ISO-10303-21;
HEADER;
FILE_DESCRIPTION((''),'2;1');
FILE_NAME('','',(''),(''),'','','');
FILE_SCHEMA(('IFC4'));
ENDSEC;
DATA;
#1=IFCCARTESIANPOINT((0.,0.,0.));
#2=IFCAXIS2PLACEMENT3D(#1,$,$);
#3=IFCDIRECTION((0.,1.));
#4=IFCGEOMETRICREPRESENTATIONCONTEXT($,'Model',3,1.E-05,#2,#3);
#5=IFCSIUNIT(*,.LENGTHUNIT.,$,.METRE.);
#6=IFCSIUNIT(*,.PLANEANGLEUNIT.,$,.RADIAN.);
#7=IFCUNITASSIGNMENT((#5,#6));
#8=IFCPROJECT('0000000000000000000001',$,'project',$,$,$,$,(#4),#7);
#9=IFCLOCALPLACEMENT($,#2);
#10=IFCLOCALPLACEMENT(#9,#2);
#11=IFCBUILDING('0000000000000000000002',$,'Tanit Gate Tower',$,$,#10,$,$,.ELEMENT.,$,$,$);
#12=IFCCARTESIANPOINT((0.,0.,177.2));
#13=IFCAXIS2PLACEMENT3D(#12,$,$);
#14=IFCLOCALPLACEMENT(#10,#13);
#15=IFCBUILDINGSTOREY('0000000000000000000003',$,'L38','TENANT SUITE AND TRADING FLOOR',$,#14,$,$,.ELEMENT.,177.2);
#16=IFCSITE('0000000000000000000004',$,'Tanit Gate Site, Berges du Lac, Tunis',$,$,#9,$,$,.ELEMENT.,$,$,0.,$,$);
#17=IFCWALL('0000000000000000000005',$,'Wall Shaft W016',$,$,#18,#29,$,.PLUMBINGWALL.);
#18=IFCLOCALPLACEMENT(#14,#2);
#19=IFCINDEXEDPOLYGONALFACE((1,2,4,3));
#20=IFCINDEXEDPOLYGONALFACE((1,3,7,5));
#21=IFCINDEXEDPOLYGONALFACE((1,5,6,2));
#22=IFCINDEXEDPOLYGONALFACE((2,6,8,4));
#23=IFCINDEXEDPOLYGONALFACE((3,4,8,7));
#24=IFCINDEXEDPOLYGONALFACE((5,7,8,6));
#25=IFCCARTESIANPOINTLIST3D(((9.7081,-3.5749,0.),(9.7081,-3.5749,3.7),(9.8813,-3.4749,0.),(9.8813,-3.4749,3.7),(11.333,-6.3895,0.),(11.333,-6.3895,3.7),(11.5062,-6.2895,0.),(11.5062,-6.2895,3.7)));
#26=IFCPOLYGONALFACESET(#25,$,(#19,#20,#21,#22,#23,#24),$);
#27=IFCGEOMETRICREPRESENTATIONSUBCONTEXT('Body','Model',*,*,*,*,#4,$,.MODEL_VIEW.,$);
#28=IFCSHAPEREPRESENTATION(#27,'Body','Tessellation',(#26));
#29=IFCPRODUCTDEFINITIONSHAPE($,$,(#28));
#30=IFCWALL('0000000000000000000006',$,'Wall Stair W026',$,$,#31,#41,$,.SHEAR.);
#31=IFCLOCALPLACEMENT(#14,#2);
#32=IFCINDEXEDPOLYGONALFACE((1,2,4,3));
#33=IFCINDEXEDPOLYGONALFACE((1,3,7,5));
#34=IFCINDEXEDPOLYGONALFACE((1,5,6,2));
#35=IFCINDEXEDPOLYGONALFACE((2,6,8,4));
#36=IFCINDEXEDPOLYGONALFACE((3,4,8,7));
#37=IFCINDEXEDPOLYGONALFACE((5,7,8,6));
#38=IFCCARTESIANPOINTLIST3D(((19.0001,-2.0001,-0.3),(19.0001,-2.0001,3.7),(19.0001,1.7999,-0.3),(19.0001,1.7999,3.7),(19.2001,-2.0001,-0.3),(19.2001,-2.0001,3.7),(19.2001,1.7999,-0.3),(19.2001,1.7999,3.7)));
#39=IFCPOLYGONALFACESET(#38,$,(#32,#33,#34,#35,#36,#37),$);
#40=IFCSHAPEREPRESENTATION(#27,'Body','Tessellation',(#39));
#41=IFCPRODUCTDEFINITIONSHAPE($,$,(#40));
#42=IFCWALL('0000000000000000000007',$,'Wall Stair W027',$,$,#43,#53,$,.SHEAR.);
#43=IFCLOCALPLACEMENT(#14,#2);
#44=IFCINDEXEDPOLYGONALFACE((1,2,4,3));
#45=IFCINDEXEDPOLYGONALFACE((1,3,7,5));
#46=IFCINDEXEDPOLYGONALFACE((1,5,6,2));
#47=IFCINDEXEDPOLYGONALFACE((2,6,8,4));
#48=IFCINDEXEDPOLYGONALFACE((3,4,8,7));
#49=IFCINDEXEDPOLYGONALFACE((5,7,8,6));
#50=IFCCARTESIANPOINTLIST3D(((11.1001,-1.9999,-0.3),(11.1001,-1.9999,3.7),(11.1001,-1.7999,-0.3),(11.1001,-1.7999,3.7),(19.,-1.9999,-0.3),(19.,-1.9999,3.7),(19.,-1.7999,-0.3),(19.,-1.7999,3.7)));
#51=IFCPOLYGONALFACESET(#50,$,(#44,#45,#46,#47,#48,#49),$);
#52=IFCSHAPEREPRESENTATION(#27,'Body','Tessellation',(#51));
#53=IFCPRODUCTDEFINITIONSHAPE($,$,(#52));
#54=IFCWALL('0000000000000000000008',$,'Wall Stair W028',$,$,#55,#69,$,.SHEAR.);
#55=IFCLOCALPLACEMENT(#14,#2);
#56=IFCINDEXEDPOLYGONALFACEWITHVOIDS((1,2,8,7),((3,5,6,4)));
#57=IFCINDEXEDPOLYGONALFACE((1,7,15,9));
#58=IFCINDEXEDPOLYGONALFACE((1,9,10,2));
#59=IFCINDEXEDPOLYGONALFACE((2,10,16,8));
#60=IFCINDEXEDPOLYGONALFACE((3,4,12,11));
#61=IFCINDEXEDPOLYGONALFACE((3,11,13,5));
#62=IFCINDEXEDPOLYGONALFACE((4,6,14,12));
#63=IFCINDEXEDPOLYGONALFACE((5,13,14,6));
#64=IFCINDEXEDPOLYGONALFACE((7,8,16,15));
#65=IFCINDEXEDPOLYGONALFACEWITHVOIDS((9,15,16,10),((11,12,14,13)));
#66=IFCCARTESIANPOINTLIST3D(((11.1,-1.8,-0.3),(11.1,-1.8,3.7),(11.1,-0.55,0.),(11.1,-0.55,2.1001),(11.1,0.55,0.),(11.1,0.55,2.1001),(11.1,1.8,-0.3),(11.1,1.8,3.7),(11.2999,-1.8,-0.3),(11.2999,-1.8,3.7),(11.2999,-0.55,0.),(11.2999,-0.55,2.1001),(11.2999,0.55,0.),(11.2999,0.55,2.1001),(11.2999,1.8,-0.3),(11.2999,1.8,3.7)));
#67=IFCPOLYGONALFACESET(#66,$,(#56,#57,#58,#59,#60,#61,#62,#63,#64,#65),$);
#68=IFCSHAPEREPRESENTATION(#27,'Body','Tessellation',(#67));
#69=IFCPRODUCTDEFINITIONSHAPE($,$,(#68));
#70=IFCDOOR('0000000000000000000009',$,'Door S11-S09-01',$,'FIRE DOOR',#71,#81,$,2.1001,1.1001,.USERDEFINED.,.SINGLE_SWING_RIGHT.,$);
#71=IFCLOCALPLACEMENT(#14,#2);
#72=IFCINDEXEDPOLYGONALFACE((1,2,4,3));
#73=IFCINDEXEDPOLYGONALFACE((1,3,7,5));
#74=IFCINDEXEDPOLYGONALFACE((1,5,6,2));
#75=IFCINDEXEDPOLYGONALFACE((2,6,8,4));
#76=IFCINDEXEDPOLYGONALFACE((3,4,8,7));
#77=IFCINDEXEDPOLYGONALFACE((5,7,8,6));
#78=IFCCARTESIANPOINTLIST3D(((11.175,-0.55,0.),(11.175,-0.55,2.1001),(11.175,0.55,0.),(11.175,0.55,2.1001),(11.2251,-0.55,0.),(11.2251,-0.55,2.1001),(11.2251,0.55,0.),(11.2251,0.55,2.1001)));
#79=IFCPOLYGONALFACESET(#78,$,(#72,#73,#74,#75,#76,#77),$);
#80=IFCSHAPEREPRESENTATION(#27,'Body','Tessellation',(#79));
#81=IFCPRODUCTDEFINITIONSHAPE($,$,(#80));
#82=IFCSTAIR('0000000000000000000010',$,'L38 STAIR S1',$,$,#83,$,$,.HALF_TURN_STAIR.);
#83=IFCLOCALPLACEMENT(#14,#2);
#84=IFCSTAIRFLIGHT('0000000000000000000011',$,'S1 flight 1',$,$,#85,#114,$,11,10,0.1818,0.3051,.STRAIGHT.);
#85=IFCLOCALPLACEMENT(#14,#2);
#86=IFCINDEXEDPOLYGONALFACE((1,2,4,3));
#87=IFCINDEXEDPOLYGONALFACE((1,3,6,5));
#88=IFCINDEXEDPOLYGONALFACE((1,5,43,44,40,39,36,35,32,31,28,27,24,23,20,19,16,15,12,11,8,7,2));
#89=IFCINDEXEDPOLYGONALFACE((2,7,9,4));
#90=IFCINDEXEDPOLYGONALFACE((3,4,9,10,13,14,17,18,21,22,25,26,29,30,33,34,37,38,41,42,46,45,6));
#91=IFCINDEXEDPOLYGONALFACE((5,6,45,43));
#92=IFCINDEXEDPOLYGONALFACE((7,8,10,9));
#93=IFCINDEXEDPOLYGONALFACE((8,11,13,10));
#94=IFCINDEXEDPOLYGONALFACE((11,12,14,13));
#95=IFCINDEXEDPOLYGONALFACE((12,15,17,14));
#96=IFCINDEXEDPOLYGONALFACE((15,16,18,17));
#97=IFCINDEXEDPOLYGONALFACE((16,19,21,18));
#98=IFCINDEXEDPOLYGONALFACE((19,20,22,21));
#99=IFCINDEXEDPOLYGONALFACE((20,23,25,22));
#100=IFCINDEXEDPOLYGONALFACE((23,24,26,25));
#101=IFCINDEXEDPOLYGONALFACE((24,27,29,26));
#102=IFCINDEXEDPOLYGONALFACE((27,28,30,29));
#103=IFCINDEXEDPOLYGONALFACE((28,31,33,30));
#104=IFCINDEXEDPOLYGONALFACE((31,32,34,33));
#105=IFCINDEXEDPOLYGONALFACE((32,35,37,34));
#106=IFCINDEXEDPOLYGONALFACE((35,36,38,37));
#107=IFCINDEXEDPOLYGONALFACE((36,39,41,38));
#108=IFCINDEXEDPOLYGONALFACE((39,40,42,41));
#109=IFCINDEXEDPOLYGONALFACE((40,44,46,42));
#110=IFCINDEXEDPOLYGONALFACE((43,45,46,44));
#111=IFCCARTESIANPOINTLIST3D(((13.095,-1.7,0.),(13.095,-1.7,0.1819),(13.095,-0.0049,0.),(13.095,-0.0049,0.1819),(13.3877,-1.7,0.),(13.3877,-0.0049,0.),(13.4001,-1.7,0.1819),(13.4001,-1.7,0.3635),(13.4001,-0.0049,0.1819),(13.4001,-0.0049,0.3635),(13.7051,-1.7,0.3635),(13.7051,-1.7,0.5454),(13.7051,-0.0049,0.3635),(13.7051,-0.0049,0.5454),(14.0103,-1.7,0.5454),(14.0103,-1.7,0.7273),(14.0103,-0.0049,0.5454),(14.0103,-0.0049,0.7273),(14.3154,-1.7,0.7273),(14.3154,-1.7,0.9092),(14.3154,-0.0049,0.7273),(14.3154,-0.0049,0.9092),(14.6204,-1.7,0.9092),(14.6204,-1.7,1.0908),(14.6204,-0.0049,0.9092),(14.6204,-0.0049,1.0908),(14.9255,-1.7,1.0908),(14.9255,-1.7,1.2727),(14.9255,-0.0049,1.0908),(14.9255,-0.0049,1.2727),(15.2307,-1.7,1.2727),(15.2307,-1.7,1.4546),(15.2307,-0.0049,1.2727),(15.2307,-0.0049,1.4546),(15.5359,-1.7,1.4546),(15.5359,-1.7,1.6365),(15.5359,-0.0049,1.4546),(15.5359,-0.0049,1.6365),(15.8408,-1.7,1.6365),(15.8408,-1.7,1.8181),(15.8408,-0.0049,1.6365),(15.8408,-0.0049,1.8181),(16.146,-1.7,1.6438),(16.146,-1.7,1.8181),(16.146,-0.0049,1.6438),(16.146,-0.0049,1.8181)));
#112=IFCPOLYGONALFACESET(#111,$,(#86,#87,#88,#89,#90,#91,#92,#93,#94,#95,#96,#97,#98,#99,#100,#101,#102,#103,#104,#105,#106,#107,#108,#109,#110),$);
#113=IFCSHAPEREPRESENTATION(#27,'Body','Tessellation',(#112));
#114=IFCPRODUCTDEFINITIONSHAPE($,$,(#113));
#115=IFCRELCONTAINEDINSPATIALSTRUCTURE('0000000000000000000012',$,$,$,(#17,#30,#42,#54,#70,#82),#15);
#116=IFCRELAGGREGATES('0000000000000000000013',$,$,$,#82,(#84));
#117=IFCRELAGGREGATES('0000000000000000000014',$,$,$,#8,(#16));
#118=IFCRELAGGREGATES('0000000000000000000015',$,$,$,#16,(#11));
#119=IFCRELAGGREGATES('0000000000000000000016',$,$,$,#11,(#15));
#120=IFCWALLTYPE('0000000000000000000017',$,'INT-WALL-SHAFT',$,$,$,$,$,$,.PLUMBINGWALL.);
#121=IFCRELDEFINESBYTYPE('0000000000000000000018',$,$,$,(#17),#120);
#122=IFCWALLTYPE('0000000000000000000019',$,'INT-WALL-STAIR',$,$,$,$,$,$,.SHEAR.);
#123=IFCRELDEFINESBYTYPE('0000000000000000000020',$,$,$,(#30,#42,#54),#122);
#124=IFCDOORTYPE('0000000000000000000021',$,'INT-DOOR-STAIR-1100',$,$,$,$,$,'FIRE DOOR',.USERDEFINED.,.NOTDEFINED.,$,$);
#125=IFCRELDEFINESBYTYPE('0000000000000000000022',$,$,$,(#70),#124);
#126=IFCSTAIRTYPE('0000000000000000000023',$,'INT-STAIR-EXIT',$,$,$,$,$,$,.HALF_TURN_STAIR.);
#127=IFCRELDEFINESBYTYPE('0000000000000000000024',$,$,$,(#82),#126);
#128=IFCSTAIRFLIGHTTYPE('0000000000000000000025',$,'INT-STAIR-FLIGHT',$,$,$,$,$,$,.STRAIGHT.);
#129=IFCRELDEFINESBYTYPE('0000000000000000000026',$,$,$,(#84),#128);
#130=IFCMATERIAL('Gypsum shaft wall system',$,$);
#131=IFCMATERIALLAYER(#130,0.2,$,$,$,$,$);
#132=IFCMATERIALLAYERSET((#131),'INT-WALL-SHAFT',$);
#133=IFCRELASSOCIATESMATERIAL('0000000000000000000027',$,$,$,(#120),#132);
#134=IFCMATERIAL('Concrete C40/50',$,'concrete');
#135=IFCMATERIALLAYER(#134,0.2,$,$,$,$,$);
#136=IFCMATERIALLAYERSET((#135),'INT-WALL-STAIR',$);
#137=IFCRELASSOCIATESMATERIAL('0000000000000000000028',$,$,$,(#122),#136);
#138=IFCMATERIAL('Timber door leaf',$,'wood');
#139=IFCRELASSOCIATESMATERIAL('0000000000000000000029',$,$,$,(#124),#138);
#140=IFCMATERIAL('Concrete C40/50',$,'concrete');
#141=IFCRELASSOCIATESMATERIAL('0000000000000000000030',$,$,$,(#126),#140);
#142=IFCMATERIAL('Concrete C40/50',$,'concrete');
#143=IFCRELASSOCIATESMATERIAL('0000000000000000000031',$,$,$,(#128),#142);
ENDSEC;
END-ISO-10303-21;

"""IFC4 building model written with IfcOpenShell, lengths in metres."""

from ifc_helpers import new_model, si_unit, direction, frame, frame_2d, origin, place, context, subcontext, project, spatial, polyline, rectangle, outline, extrude, material, layer, layer_set, type_object, element, fill, aggregate, save


model = new_model("IFC4")

# Units and contexts
model_context = context("Model", 3, precision=1e-05, world=origin(), true_north=direction((0.0, 1.0)))
body_context = subcontext(model_context, "Body", "Model", "MODEL_VIEW")
ifc_project = project(units=[si_unit("LENGTHUNIT", "METRE"), si_unit("PLANEANGLEUNIT", "RADIAN")], contexts=[model_context])

# Site, building, storey
site_placement = place(None, origin())
site = spatial("IfcSite", under=ifc_project, at=site_placement, Name="Tanit Gate Site, Berges du Lac, Tunis", CompositionType="ELEMENT", RefElevation=0.0)
building_placement = place(site_placement, origin())
building = spatial("IfcBuilding", under=site, at=building_placement, Name="Tanit Gate Tower", CompositionType="ELEMENT")
storey_placement = place(building_placement, frame((0.0, 0.0, 177.2)))
storey = spatial("IfcBuildingStorey", under=building, at=storey_placement, Name="L38", Description="TENANT SUITE AND TRADING FLOOR", CompositionType="ELEMENT", Elevation=177.2)

# Walls
ifc_material_1 = material(Name="Gypsum shaft wall system")
ifc_layer_1 = layer(ifc_material_1, 0.2)
ifc_layer_set_1 = layer_set([ifc_layer_1], Name="INT-WALL-SHAFT")
wall_type_1 = type_object("IfcWallType", Name="INT-WALL-SHAFT", PredefinedType="PLUMBINGWALL", material=ifc_layer_set_1)
wall_1_placement = place(storey_placement, frame((9.7947, -3.5249, 0.0), z_axis=(0.0, 0.0, 1.0), x_axis=(0.499985, -0.866034, 0.0)))
element("IfcWall", 1, at=wall_1_placement, inside=storey, type_object=wall_type_1, Name="Wall Shaft W016", PredefinedType="PLUMBINGWALL", context=body_context, shape_type="SweptSolid", body=[
    extrude(rectangle(XDim=3.25, YDim=0.2, at=frame_2d((1.625, 0.0))), origin(), (0.0, 0.0, 1.0), 3.7),
])
ifc_material_2 = material(Name="Concrete C40/50", Category="concrete")
ifc_layer_2 = layer(ifc_material_2, 0.2)
ifc_layer_set_2 = layer_set([ifc_layer_2], Name="INT-WALL-STAIR")
wall_type_2 = type_object("IfcWallType", Name="INT-WALL-STAIR", PredefinedType="SHEAR", material=ifc_layer_set_2)
wall_2_placement = place(storey_placement, frame((19.1001, -2.0, -0.3), z_axis=(0.0, 0.0, 1.0), x_axis=(0.0, 1.0, 0.0)))
element("IfcWall", 2, at=wall_2_placement, inside=storey, type_object=wall_type_2, Name="Wall Stair W026", PredefinedType="SHEAR", context=body_context, shape_type="SweptSolid", body=[
    extrude(rectangle(XDim=3.8, YDim=0.2, at=frame_2d((1.8999, 0.0))), origin(), (0.0, 0.0, 1.0), 4.0),
])
wall_3_placement = place(storey_placement, frame((11.1001, -1.8999, -0.3), z_axis=(0.0, 0.0, 1.0), x_axis=(1.0, 0.0, 0.0)))
element("IfcWall", 3, at=wall_3_placement, inside=storey, type_object=wall_type_2, Name="Wall Stair W027", PredefinedType="SHEAR", context=body_context, shape_type="SweptSolid", body=[
    extrude(rectangle(XDim=7.8999, YDim=0.2, at=frame_2d((3.95, 0.0))), origin(), (0.0, 0.0, 1.0), 4.0),
])

# Wall, opening, door
wall_4_placement = place(storey_placement, frame((11.2, -1.8, -0.3), z_axis=(0.0, 0.0, 1.0), x_axis=(0.0, 1.0, 0.0)))
wall_4 = element("IfcWall", 4, at=wall_4_placement, inside=storey, type_object=wall_type_2, Name="Wall Stair W028", PredefinedType="SHEAR", context=body_context, shape_type="SweptSolid", body=[
    extrude(rectangle(XDim=3.6001, YDim=0.2, at=frame_2d((1.8, 0.0))), origin(), (0.0, 0.0, 1.0), 4.0),
])
opening_1_placement = place(wall_4_placement, frame((1.25, 0.0, 0.3)))
opening_1 = element("IfcOpeningElement", 5, at=opening_1_placement, cuts=wall_4, PredefinedType="OPENING", context=body_context, shape_type="SweptSolid", body=[
    extrude(rectangle(XDim=1.1001, YDim=2.1001, at=frame_2d((0.55, 1.05))), frame((0.0, 0.1099, 0.0), z_axis=(0.0, -1.0, 0.0), x_axis=(1.0, 0.0, 0.0)), (0.0, 0.0, 1.0), 0.22),
])
ifc_material_3 = material(Name="Timber door leaf", Category="wood")
door_type_1 = type_object("IfcDoorType", Name="INT-DOOR-STAIR-1100", ElementType="FIRE DOOR", OperationType="NOTDEFINED", PredefinedType="USERDEFINED", material=ifc_material_3)
door_1_placement = place(opening_1_placement, origin())
door_1 = element("IfcDoor", 6, at=door_1_placement, inside=storey, type_object=door_type_1, Name="Door S11-S09-01", ObjectType="FIRE DOOR", OperationType="SINGLE_SWING_RIGHT", OverallHeight=2.1001, OverallWidth=1.1001, PredefinedType="USERDEFINED", context=body_context, shape_type="SweptSolid", body=[
    extrude(rectangle(XDim=1.1001, YDim=2.1001, at=frame_2d((0.55, 1.05))), frame((0.0, 0.0249, 0.0), z_axis=(0.0, -1.0, 0.0), x_axis=(1.0, 0.0, 0.0)), (0.0, 0.0, 1.0), 0.05),
])
fill(opening_1, door_1)

# Stair, stair flight
ifc_material_4 = material(Name="Concrete C40/50", Category="concrete")
stair_type = type_object("IfcStairType", Name="INT-STAIR-EXIT", PredefinedType="HALF_TURN_STAIR", material=ifc_material_4)
stair_placement = place(storey_placement, origin())
stair = element("IfcStair", 7, at=stair_placement, inside=storey, type_object=stair_type, Name="L38 STAIR S1", PredefinedType="HALF_TURN_STAIR")
ifc_material_5 = material(Name="Concrete C40/50", Category="concrete")
stair_flight_type = type_object("IfcStairFlightType", Name="INT-STAIR-FLIGHT", PredefinedType="STRAIGHT", material=ifc_material_5)
stair_flight_placement = place(storey_placement, frame((13.095, -0.8525, 0.0), z_axis=(0.0, 0.0, 1.0), x_axis=(1.0, 0.0, 0.0)))
stair_flight = element("IfcStairFlight", 8, at=stair_flight_placement, type_object=stair_flight_type, Name="S1 flight 1", NumberOfRisers=11, NumberOfTreads=10, PredefinedType="STRAIGHT", RiserHeight=0.1818, TreadLength=0.3051, context=body_context, shape_type="SweptSolid", body=[
    extrude(outline(polyline([(0.0, 0.0), (0.0, 0.1819), (0.3052, 0.1819), (0.3052, 0.3635), (0.6101, 0.3635), (0.6101, 0.5454), (0.9153, 0.5454), (0.9153, 0.7273), (1.2205, 0.7273), (1.2205, 0.9092), (1.5254, 0.9092), (1.5254, 1.0908), (1.8306, 1.0908), (1.8306, 1.2727), (2.1357, 1.2727), (2.1357, 1.4546), (2.4409, 1.4546), (2.4409, 1.6365), (2.7458, 1.6365), (2.7458, 1.8181), (3.051, 1.8181), (3.051, 2.0), (3.051, 1.6438), (0.2927, 0.0), (0.0, 0.0)])), frame((0.0, 0.8477, 0.0), z_axis=(0.0, -1.0, 0.0), x_axis=(1.0, 0.0, 0.0)), (0.0, 0.0, 1.0), 1.6951),
])
aggregate(stair, [stair_flight])

save(model, "model.ifc")
